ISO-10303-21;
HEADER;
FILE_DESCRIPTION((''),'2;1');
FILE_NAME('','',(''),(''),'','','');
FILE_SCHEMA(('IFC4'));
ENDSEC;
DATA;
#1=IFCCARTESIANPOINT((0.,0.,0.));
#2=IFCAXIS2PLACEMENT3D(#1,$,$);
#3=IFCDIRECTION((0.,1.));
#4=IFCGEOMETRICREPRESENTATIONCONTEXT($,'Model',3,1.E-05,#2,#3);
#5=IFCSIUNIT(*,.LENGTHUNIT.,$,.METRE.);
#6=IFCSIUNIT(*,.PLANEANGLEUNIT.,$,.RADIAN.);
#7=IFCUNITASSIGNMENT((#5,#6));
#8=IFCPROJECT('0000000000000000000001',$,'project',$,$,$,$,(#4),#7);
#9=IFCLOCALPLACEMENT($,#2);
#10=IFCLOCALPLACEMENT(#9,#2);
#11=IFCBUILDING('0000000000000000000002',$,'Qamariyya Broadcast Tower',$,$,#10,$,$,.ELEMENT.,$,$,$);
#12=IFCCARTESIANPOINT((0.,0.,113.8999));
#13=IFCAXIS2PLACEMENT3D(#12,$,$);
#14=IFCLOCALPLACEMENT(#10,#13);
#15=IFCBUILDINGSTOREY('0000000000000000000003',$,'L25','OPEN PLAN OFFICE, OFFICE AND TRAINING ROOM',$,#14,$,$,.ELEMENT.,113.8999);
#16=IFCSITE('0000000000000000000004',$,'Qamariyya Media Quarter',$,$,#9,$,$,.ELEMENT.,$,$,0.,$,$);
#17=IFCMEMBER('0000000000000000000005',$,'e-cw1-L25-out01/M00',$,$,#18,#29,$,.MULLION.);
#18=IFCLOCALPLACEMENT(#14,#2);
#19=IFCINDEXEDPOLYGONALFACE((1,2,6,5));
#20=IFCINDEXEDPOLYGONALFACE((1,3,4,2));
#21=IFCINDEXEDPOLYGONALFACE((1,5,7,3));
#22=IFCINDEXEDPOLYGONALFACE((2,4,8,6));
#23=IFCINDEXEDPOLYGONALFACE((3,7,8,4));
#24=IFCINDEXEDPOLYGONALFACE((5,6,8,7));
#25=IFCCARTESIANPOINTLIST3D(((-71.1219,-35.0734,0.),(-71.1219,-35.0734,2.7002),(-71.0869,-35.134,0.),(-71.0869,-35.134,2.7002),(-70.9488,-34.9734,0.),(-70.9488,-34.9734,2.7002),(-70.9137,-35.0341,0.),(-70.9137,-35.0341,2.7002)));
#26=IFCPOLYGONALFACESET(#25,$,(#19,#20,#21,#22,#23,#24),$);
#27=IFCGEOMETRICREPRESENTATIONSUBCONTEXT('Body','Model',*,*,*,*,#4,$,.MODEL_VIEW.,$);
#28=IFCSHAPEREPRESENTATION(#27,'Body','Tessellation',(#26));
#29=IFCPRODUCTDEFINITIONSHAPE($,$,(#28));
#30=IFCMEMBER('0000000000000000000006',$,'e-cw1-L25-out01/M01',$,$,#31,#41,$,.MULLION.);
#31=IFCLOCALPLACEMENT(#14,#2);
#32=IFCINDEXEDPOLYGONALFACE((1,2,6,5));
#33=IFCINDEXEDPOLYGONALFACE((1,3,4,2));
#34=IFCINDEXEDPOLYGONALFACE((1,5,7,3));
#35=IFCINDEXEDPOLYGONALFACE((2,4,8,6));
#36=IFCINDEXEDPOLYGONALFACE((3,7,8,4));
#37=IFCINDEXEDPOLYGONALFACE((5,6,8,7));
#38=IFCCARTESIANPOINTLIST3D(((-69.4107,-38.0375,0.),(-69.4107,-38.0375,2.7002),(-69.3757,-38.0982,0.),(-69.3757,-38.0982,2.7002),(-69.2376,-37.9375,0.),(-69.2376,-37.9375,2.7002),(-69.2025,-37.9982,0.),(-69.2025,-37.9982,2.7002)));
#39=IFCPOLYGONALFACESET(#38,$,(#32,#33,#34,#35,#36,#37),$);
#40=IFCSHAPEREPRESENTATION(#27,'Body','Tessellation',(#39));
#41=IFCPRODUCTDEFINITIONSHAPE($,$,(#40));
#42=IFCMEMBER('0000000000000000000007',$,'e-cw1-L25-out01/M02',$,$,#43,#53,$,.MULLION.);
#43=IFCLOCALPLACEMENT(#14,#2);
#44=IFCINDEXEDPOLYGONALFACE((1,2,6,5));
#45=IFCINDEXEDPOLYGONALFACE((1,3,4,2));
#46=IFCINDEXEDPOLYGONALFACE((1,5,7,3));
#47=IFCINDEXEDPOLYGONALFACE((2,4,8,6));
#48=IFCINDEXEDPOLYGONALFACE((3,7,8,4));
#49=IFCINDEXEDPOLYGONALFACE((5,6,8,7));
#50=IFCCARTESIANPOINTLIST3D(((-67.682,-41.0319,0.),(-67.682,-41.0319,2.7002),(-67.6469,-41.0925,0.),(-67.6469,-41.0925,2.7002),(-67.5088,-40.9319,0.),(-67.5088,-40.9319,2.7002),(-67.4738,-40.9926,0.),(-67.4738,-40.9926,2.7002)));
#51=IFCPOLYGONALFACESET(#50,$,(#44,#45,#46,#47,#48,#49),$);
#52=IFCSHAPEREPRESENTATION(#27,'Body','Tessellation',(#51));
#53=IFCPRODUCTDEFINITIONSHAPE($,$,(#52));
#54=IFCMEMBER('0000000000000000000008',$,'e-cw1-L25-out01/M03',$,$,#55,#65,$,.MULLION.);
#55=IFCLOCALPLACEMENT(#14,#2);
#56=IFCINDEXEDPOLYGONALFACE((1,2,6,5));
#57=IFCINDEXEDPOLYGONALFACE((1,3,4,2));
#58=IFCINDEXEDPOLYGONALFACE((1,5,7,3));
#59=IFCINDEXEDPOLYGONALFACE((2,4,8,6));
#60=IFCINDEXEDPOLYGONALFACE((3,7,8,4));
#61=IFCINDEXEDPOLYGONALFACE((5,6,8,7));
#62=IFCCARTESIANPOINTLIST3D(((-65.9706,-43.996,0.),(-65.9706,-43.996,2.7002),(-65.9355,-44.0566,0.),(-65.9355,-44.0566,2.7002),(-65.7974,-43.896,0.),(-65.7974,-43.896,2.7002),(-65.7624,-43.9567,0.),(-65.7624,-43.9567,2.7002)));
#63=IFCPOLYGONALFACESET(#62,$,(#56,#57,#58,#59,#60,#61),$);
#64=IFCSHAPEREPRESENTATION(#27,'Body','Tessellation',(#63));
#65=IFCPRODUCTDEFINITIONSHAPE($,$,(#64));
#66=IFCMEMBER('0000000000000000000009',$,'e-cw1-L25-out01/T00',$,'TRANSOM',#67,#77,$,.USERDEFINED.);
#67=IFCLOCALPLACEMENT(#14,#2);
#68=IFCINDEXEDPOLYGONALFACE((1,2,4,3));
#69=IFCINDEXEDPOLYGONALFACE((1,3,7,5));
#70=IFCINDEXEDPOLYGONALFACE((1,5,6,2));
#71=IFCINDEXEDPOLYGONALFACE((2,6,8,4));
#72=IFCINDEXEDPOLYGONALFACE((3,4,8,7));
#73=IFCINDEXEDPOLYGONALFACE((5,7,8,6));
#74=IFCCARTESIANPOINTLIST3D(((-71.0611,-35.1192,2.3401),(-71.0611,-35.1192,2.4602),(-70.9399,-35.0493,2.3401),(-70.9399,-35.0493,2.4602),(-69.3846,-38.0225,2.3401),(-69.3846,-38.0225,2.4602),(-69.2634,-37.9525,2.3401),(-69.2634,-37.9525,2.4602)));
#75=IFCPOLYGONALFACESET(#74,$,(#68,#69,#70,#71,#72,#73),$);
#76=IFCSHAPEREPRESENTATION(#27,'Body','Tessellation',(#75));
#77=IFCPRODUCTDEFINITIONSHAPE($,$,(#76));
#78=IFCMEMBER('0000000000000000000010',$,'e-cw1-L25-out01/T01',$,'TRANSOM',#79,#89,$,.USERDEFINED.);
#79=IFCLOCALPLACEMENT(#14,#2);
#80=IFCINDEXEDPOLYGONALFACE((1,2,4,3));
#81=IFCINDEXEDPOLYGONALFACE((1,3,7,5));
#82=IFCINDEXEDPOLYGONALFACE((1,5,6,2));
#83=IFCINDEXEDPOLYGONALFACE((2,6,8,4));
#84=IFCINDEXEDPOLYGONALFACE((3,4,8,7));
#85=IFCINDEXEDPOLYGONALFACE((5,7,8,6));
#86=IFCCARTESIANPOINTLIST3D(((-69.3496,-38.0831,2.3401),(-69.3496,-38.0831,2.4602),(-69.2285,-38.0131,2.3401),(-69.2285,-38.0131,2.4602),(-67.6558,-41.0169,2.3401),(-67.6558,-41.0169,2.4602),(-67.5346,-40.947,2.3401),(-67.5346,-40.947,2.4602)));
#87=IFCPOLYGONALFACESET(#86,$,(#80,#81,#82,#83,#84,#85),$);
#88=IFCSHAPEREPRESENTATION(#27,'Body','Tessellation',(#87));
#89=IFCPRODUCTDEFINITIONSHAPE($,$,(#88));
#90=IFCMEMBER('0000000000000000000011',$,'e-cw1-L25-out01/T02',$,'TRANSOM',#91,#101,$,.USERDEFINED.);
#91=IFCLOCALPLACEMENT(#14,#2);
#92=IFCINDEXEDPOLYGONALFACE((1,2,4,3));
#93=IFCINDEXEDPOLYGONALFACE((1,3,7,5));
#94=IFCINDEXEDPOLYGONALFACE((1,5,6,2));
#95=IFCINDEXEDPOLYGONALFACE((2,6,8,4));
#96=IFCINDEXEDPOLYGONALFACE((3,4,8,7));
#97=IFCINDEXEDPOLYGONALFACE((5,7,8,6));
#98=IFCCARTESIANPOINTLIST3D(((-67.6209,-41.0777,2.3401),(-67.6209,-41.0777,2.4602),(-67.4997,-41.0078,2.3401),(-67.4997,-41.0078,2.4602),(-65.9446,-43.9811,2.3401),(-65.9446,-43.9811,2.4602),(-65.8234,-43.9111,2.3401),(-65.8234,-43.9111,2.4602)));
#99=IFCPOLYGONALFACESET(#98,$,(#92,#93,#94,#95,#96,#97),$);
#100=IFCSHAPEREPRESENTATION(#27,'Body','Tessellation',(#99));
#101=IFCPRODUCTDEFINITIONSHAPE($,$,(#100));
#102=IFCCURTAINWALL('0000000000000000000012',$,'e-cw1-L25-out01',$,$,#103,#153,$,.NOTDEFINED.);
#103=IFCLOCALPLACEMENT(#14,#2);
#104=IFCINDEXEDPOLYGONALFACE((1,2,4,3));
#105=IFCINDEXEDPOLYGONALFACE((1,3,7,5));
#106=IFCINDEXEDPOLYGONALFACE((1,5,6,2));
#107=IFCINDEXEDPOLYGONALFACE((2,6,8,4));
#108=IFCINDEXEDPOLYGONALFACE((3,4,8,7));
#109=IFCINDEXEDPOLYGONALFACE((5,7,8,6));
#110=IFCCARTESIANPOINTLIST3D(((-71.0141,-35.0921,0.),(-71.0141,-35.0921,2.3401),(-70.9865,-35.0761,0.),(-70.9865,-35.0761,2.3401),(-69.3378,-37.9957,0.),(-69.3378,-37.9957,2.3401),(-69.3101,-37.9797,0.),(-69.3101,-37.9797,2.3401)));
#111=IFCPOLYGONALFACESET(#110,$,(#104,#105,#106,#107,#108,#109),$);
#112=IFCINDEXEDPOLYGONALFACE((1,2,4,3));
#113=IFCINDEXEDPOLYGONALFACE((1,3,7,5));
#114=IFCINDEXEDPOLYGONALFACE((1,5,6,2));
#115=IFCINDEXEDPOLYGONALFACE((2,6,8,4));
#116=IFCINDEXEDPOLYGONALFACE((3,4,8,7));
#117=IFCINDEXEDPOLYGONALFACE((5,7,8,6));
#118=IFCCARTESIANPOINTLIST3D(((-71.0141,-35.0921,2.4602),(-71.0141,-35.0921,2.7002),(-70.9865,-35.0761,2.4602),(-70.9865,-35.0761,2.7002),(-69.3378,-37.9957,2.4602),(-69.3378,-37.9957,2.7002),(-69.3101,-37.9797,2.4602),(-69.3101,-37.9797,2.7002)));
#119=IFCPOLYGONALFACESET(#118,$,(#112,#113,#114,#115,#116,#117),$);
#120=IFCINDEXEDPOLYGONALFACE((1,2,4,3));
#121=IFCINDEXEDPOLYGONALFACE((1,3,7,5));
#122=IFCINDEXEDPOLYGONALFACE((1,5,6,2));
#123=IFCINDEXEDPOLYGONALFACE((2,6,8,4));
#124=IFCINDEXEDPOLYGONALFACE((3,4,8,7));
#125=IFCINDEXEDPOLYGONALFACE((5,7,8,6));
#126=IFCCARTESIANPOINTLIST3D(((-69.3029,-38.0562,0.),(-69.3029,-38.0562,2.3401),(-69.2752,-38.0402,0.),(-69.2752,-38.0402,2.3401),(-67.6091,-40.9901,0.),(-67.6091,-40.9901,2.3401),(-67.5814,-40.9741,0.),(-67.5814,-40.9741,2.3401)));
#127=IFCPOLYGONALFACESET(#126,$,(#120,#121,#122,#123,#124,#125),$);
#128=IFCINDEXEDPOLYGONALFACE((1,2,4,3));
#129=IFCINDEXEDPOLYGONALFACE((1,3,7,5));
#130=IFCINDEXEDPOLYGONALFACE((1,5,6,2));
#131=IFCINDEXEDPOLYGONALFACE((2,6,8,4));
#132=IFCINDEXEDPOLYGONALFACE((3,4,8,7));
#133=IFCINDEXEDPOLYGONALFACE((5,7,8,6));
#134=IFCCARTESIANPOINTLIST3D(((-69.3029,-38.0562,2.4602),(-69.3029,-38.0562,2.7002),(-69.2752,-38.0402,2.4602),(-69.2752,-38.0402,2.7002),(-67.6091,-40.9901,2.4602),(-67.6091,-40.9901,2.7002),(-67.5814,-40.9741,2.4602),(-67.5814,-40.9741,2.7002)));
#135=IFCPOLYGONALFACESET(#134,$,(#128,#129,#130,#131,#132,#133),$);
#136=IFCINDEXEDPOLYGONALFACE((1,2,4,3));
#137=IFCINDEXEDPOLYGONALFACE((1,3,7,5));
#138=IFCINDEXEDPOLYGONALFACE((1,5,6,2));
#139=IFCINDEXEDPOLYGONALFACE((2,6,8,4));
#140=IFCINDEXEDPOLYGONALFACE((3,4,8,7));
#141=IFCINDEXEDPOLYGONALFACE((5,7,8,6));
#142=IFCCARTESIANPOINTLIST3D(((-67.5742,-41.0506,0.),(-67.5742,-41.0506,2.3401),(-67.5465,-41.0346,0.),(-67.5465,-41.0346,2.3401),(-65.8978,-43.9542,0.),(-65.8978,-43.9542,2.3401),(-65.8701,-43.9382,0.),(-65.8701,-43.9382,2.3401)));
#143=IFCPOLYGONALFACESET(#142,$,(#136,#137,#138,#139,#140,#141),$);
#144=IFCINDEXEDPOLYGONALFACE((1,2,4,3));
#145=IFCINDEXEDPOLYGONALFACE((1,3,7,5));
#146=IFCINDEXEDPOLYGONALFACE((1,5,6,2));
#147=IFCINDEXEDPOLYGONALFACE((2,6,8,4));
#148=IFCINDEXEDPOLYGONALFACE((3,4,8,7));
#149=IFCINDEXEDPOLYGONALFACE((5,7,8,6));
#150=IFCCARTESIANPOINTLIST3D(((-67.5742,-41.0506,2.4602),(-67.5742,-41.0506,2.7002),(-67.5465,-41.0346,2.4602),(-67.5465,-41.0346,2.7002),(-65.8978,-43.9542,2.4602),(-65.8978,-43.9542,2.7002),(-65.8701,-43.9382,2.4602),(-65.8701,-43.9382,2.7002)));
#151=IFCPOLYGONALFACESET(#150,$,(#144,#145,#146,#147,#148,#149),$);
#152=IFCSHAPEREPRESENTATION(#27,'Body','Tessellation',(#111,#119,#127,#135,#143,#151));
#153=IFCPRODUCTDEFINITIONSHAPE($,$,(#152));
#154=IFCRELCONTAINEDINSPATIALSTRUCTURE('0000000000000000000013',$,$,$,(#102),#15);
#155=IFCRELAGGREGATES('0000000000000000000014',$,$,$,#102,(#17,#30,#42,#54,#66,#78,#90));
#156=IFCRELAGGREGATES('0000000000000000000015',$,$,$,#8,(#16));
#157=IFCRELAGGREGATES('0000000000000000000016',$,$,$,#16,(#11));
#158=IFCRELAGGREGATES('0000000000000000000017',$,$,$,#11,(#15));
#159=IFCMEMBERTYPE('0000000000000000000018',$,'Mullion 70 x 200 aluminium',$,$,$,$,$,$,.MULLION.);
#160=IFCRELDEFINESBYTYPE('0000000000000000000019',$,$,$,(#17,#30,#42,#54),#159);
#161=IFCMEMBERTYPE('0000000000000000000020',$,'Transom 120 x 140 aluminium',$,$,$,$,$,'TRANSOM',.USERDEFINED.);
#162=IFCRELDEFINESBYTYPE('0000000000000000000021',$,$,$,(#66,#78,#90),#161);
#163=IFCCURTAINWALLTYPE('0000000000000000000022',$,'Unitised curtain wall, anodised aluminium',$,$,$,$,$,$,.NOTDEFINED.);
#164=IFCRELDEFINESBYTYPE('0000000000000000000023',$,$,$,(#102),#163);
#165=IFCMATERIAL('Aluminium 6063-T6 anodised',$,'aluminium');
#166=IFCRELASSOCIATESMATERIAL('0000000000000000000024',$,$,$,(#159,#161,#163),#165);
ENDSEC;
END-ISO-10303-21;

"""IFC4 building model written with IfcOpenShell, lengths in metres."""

from ifc_helpers import new_model, si_unit, direction, frame, origin, origin_2d, place, context, subcontext, project, spatial, rectangle, extrude, material, material_profile, profile_set, type_object, element, aggregate, save


model = new_model("IFC4")

# Units and contexts
model_context = context("Model", 3, precision=1e-05, world=origin(), true_north=direction((0.0, 1.0)))
body_context = subcontext(model_context, "Body", "Model", "MODEL_VIEW")
ifc_project = project(units=[si_unit("LENGTHUNIT", "METRE"), si_unit("PLANEANGLEUNIT", "RADIAN")], contexts=[model_context])

# Members
ifc_material = material(Name="Aluminium 6063-T6 anodised", Category="aluminium")
ifc_material_profile_1 = material_profile(ifc_material, rectangle(XDim=0.2, YDim=0.0701, at=origin_2d()))
ifc_profile_set_1 = profile_set([ifc_material_profile_1], Name="Aluminium 6063-T6 anodised")
member_type_1 = type_object("IfcMemberType", Name="Mullion 70 x 200 aluminium", PredefinedType="MULLION", material=ifc_profile_set_1)
site_placement = place(None, origin())
building_placement = place(site_placement, origin())
storey_placement = place(building_placement, frame((0.0, 0.0, 113.8999)))
member_1_placement = place(storey_placement, frame((-71.0178, -35.0537, 0.0), z_axis=(0.0, 0.0, 1.0), x_axis=(0.866025, 0.5, 0.0)))
member_1 = element("IfcMember", 1, at=member_1_placement, type_object=member_type_1, Name="e-cw1-L25-out01/M00", PredefinedType="MULLION", context=body_context, shape_type="SweptSolid", body=[
    extrude(rectangle(XDim=0.2, YDim=0.0701, at=origin_2d()), origin(), (0.0, 0.0, 1.0), 2.7002),
])
member_2_placement = place(storey_placement, frame((-69.3066, -38.0178, 0.0), z_axis=(0.0, 0.0, 1.0), x_axis=(0.866025, 0.5, 0.0)))
member_2 = element("IfcMember", 2, at=member_2_placement, type_object=member_type_1, Name="e-cw1-L25-out01/M01", PredefinedType="MULLION", context=body_context, shape_type="SweptSolid", body=[
    extrude(rectangle(XDim=0.2, YDim=0.0701, at=origin_2d()), origin(), (0.0, 0.0, 1.0), 2.7002),
])
member_3_placement = place(storey_placement, frame((-67.5779, -41.0122, 0.0), z_axis=(0.0, 0.0, 1.0), x_axis=(0.866025, 0.5, 0.0)))
member_3 = element("IfcMember", 3, at=member_3_placement, type_object=member_type_1, Name="e-cw1-L25-out01/M02", PredefinedType="MULLION", context=body_context, shape_type="SweptSolid", body=[
    extrude(rectangle(XDim=0.2, YDim=0.0701, at=origin_2d()), origin(), (0.0, 0.0, 1.0), 2.7002),
])
member_4_placement = place(storey_placement, frame((-65.8665, -43.9763, 0.0), z_axis=(0.0, 0.0, 1.0), x_axis=(0.866025, 0.5, 0.0)))
member_4 = element("IfcMember", 4, at=member_4_placement, type_object=member_type_1, Name="e-cw1-L25-out01/M03", PredefinedType="MULLION", context=body_context, shape_type="SweptSolid", body=[
    extrude(rectangle(XDim=0.2, YDim=0.0701, at=origin_2d()), origin(), (0.0, 0.0, 1.0), 2.7002),
])
ifc_material_profile_2 = material_profile(ifc_material, rectangle(XDim=0.1399, YDim=0.1201, at=origin_2d()))
ifc_profile_set_2 = profile_set([ifc_material_profile_2], Name="Aluminium 6063-T6 anodised")
member_type_2 = type_object("IfcMemberType", Name="Transom 120 x 140 aluminium", ElementType="TRANSOM", PredefinedType="USERDEFINED", material=ifc_profile_set_2)
member_5_placement = place(storey_placement, frame((-71.0005, -35.0842, 2.4001), z_axis=(0.500063, -0.865989, 0.0), x_axis=(0.865989, 0.500063, 0.0)))
member_5 = element("IfcMember", 5, at=member_5_placement, type_object=member_type_2, Name="e-cw1-L25-out01/T00", ObjectType="TRANSOM", PredefinedType="USERDEFINED", context=body_context, shape_type="SweptSolid", body=[
    extrude(rectangle(XDim=0.1399, YDim=0.1201, at=origin_2d()), origin(), (0.0, 0.0, 1.0), 3.3525),
])
member_6_placement = place(storey_placement, frame((-69.2891, -38.0481, 2.4001), z_axis=(0.499999, -0.866026, 0.0), x_axis=(0.866026, 0.499999, 0.0)))
member_6 = element("IfcMember", 6, at=member_6_placement, type_object=member_type_2, Name="e-cw1-L25-out01/T01", ObjectType="TRANSOM", PredefinedType="USERDEFINED", context=body_context, shape_type="SweptSolid", body=[
    extrude(rectangle(XDim=0.1399, YDim=0.1201, at=origin_2d()), origin(), (0.0, 0.0, 1.0), 3.3877),
])
member_7_placement = place(storey_placement, frame((-67.5603, -41.0427, 2.4001), z_axis=(0.500008, -0.866021, 0.0), x_axis=(0.866021, 0.500008, 0.0)))
member_7 = element("IfcMember", 7, at=member_7_placement, type_object=member_type_2, Name="e-cw1-L25-out01/T02", ObjectType="TRANSOM", PredefinedType="USERDEFINED", context=body_context, shape_type="SweptSolid", body=[
    extrude(rectangle(XDim=0.1399, YDim=0.1201, at=origin_2d()), origin(), (0.0, 0.0, 1.0), 3.3525),
])

# Site, building, storey
site = spatial("IfcSite", under=ifc_project, at=site_placement, Name="Qamariyya Media Quarter", CompositionType="ELEMENT", RefElevation=0.0)
building = spatial("IfcBuilding", under=site, at=building_placement, Name="Qamariyya Broadcast Tower", CompositionType="ELEMENT")
storey = spatial("IfcBuildingStorey", under=building, at=storey_placement, Name="L25", Description="OPEN PLAN OFFICE, OFFICE AND TRAINING ROOM", CompositionType="ELEMENT", Elevation=113.8999)

# Curtain wall
curtain_wall_type = type_object("IfcCurtainWallType", Name="Unitised curtain wall, anodised aluminium", PredefinedType="NOTDEFINED", material=ifc_material)
curtain_wall_1_placement = place(storey_placement, origin())
curtain_wall_1 = element("IfcCurtainWall", 8, at=curtain_wall_1_placement, inside=storey, type_object=curtain_wall_type, Name="e-cw1-L25-out01", PredefinedType="NOTDEFINED", context=body_context, shape_type="SweptSolid", body=[
    extrude(rectangle(XDim=3.3528, YDim=0.032, at=origin_2d()), frame((-70.1621, -36.5359, 0.0), x_axis=(0.499997, -0.866027, 0.0)), (0.0, 0.0, 1.0), 2.3401),
    extrude(rectangle(XDim=3.3528, YDim=0.032, at=origin_2d()), frame((-70.1621, -36.5359, 2.4602), x_axis=(0.499997, -0.866027, 0.0)), (0.0, 0.0, 1.0), 0.24),
    extrude(rectangle(XDim=3.3877, YDim=0.032, at=origin_2d()), frame((-68.4421, -39.5151, 0.0), x_axis=(0.499997, -0.866027, 0.0)), (0.0, 0.0, 1.0), 2.3401),
    extrude(rectangle(XDim=3.3877, YDim=0.032, at=origin_2d()), frame((-68.4421, -39.5151, 2.4602), x_axis=(0.499997, -0.866027, 0.0)), (0.0, 0.0, 1.0), 0.24),
    extrude(rectangle(XDim=3.3528, YDim=0.032, at=origin_2d()), frame((-66.7222, -42.4944, 0.0), x_axis=(0.499997, -0.866027, 0.0)), (0.0, 0.0, 1.0), 2.3401),
    extrude(rectangle(XDim=3.3528, YDim=0.032, at=origin_2d()), frame((-66.7222, -42.4944, 2.4602), x_axis=(0.499997, -0.866027, 0.0)), (0.0, 0.0, 1.0), 0.24),
])
aggregate(curtain_wall_1, [member_1, member_2, member_3, member_4, member_5, member_6, member_7])

save(model, "model.ifc")
